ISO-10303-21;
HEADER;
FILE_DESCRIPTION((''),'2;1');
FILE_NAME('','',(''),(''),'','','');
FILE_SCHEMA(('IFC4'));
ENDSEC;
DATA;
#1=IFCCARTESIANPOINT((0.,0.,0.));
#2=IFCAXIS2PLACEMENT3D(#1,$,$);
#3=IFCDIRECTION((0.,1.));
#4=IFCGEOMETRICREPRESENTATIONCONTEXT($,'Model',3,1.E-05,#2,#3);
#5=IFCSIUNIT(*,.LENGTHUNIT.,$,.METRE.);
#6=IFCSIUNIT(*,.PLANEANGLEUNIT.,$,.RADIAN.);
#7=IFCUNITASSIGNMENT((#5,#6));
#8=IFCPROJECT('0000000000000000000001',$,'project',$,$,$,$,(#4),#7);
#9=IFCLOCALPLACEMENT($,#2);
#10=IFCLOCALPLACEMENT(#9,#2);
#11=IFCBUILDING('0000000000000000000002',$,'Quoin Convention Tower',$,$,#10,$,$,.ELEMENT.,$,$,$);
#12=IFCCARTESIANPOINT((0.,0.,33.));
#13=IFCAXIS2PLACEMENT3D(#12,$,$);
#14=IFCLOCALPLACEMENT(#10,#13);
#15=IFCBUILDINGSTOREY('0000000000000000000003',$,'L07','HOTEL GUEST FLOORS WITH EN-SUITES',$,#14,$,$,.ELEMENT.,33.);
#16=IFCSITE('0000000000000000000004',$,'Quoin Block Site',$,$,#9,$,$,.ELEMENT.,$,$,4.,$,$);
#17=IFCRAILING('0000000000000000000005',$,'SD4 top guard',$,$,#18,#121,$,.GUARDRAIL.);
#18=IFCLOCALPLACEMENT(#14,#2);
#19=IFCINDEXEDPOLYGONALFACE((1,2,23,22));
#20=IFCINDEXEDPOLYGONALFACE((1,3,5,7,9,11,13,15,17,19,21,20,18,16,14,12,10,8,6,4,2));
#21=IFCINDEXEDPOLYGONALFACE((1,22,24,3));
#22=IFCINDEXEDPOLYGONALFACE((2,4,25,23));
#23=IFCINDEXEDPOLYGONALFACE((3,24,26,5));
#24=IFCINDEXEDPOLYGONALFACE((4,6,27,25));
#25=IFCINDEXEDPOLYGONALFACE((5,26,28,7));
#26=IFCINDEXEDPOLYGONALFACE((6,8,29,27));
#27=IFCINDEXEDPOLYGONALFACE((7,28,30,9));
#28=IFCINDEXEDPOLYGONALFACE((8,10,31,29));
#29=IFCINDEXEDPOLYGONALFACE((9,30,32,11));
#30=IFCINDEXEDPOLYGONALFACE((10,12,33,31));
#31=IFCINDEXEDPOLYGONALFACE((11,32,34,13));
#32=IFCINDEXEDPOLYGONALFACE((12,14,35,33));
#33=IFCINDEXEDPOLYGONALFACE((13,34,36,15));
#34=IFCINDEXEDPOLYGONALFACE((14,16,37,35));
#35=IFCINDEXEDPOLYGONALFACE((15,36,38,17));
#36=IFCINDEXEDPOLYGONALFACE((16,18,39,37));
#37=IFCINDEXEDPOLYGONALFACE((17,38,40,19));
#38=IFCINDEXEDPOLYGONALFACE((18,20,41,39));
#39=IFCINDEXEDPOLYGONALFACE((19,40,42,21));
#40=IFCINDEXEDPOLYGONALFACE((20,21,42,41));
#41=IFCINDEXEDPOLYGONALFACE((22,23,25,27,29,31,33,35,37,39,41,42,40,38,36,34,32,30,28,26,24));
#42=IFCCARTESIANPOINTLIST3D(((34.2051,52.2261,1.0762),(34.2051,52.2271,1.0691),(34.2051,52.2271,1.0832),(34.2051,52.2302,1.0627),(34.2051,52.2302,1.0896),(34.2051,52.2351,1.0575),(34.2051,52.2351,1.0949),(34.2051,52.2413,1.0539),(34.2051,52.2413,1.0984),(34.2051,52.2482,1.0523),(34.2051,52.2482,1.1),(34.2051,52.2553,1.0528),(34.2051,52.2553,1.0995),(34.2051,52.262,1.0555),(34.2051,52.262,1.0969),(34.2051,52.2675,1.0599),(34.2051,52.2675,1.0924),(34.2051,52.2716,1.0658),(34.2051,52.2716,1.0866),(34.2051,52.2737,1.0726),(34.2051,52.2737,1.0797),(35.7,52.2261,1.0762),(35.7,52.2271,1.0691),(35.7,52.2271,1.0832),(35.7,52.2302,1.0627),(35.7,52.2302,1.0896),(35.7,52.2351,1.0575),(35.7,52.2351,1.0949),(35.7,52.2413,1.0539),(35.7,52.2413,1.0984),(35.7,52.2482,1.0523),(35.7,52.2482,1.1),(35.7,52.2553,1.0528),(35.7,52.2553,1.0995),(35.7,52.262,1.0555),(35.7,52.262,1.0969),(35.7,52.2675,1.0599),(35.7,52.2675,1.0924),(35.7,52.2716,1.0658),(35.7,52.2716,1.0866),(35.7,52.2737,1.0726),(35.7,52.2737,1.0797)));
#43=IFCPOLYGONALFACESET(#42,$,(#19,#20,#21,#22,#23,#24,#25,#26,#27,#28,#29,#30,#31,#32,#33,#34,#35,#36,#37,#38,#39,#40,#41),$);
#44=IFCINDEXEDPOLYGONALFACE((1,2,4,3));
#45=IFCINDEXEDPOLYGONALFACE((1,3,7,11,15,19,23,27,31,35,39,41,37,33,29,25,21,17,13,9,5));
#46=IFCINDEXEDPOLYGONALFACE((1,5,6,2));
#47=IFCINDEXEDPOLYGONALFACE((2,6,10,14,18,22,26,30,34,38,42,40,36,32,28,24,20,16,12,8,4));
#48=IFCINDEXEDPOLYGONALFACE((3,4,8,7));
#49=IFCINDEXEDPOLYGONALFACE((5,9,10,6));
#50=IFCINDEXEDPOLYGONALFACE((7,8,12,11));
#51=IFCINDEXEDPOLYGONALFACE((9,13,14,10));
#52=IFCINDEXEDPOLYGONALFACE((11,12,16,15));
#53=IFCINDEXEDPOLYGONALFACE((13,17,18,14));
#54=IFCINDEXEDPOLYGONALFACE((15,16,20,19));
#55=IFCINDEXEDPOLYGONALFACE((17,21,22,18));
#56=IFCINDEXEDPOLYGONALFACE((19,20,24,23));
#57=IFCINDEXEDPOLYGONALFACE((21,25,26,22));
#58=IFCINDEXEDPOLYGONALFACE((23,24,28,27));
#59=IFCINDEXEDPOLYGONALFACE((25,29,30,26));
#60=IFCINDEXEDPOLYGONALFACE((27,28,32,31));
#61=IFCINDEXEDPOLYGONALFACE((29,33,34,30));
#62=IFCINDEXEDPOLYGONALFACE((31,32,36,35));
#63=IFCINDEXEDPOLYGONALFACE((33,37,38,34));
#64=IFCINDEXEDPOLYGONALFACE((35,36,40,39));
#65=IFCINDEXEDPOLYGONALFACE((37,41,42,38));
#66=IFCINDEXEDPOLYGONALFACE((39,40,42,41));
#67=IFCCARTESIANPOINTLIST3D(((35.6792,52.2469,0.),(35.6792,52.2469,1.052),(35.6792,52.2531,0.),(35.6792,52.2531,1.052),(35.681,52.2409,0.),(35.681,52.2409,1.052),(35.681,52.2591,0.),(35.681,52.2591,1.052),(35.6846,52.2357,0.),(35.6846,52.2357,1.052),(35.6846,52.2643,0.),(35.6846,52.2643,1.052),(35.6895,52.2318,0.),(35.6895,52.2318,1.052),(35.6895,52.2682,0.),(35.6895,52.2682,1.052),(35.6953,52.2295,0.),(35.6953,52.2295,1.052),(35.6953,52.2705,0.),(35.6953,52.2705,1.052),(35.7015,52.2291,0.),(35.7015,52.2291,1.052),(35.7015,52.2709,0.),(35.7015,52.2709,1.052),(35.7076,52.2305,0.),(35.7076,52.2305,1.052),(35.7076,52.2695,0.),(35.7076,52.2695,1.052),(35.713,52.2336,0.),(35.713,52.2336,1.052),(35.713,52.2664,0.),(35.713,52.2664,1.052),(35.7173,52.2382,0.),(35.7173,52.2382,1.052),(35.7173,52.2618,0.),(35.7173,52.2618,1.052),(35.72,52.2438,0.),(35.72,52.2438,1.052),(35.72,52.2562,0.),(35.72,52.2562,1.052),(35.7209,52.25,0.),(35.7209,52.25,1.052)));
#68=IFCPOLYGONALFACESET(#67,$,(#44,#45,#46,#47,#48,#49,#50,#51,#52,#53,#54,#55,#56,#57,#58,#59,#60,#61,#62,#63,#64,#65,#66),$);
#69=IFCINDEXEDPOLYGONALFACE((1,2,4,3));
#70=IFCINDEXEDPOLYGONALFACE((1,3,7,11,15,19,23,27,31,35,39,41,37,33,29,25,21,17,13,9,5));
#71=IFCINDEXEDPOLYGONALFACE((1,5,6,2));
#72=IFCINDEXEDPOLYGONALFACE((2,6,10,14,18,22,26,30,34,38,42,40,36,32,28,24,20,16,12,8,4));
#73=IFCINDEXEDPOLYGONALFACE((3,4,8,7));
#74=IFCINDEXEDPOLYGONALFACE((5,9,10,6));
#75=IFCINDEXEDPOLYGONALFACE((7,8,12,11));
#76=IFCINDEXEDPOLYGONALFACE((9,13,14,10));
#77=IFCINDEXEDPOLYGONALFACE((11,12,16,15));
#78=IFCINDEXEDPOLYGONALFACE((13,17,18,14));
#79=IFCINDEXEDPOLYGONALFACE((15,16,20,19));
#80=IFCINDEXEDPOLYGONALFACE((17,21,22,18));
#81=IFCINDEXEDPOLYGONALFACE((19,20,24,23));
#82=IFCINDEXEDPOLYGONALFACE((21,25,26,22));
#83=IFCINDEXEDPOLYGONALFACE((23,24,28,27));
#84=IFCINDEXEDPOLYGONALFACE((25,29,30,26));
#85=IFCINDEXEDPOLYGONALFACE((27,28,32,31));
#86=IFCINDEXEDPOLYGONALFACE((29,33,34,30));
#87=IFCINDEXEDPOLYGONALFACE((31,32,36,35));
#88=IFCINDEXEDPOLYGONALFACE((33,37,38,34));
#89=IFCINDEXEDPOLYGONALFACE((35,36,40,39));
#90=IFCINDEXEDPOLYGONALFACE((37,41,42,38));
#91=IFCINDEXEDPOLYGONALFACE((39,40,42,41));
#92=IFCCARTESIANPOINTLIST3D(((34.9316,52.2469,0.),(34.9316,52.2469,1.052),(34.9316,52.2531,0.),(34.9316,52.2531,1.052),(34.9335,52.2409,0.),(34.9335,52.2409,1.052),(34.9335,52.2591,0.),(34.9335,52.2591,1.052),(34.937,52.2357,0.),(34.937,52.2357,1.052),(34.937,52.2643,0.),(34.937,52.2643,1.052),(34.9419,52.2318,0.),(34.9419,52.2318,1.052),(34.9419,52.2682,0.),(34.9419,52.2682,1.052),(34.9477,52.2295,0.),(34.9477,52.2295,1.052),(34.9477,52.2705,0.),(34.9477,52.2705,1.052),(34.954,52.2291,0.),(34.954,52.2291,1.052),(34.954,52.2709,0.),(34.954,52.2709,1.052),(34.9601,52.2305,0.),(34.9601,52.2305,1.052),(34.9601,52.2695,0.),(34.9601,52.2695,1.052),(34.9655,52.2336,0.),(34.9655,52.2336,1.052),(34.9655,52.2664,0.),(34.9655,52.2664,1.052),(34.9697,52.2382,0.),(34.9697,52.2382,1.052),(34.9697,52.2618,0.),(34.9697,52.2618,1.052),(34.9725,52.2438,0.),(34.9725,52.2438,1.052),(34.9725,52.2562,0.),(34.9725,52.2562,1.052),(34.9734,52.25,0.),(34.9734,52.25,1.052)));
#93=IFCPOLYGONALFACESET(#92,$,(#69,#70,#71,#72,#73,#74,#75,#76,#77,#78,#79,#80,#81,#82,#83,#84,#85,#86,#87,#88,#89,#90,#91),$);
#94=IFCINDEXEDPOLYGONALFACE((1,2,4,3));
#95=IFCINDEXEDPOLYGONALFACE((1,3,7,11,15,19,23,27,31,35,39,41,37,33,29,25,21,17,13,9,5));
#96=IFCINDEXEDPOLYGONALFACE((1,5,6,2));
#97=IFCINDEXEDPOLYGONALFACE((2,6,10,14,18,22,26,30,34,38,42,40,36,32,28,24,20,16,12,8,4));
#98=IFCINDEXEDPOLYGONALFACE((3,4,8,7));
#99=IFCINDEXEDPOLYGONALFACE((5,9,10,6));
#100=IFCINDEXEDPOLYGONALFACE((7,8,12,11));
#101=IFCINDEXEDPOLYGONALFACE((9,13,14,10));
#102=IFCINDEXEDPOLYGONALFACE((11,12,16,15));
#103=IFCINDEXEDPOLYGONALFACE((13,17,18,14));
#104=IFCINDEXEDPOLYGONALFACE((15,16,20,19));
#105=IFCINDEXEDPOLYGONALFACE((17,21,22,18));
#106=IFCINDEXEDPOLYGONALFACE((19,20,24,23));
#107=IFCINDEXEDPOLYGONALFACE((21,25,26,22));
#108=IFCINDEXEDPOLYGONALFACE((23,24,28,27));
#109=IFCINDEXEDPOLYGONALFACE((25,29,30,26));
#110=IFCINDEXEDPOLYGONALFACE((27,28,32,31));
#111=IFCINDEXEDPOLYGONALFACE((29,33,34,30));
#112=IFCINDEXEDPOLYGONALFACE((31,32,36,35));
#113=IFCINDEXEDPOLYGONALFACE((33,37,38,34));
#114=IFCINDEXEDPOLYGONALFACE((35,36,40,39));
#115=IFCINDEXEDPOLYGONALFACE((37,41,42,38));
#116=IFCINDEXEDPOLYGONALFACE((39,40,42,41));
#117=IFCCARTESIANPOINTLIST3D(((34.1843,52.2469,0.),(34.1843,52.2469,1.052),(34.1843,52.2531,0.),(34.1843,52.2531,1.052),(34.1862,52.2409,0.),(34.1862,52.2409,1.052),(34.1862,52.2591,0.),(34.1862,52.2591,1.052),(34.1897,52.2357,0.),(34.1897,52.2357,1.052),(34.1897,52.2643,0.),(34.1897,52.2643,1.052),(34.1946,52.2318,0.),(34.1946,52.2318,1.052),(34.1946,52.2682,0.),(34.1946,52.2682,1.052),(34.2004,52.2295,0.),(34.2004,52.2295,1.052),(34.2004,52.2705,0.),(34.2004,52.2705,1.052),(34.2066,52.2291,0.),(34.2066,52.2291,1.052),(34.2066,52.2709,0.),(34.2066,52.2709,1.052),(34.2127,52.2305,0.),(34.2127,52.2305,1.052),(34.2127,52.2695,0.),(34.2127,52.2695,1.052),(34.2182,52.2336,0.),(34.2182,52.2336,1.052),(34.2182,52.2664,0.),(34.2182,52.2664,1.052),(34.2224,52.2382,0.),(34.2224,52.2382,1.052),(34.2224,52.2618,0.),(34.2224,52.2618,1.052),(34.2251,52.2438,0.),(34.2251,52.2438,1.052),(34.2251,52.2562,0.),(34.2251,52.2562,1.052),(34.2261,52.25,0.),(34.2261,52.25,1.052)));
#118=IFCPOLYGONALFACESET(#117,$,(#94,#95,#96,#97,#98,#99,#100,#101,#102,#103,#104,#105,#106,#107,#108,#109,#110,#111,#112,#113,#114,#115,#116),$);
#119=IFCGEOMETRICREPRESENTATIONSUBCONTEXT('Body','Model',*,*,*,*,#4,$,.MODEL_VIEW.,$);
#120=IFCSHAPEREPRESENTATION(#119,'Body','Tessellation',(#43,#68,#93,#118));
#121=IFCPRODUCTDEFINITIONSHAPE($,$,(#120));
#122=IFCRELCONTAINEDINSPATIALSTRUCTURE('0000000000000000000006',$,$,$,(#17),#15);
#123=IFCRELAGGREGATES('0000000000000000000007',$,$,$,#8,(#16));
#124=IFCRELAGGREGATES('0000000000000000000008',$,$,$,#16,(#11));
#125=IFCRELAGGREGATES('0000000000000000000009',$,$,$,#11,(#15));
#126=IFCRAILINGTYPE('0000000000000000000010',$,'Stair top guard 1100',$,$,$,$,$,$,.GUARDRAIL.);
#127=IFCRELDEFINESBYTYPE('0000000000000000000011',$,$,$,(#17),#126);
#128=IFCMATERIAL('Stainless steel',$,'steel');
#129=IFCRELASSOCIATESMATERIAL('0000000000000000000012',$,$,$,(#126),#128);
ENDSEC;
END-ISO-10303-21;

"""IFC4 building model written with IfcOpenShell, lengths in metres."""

from ifc_helpers import new_model, si_unit, direction, frame, origin, origin_2d, place, context, subcontext, project, spatial, circle, extrude, material, type_object, element, save


model = new_model("IFC4")

# Units and contexts
model_context = context("Model", 3, precision=1e-05, world=origin(), true_north=direction((0.0, 1.0)))
body_context = subcontext(model_context, "Body", "Model", "MODEL_VIEW")
ifc_project = project(units=[si_unit("LENGTHUNIT", "METRE"), si_unit("PLANEANGLEUNIT", "RADIAN")], contexts=[model_context])

# Site, building, storey
site_placement = place(None, origin())
site = spatial("IfcSite", under=ifc_project, at=site_placement, Name="Quoin Block Site", CompositionType="ELEMENT", RefElevation=4.0)
building_placement = place(site_placement, origin())
building = spatial("IfcBuilding", under=site, at=building_placement, Name="Quoin Convention Tower", CompositionType="ELEMENT")
storey_placement = place(building_placement, frame((0.0, 0.0, 33.0)))
storey = spatial("IfcBuildingStorey", under=building, at=storey_placement, Name="L07", Description="HOTEL GUEST FLOORS WITH EN-SUITES", CompositionType="ELEMENT", Elevation=33.0)

# Railing
ifc_material_1 = material(Name="Stainless steel", Category="steel")
railing_type_1 = type_object("IfcRailingType", Name="Stair top guard 1100", PredefinedType="GUARDRAIL", material=ifc_material_1)
railing_1_placement = place(storey_placement, frame((35.7, 52.25, 0.0)))
element("IfcRailing", 1, at=railing_1_placement, inside=storey, type_object=railing_type_1, Name="SD4 top guard", PredefinedType="GUARDRAIL", context=body_context, shape_type="SweptSolid", body=[
    extrude(circle(Radius=0.0239, at=origin_2d()), frame((0.0, 0.0, 1.0762), z_axis=(-1.0, 0.0, 0.0), x_axis=(0.0, -1.0, 0.0)), (0.0, 0.0, 1.0), 1.4949),
    extrude(circle(Radius=0.021, at=origin_2d()), origin(), (0.0, 0.0, 1.0), 1.052),
    extrude(circle(Radius=0.021, at=origin_2d()), frame((-0.7476, 0.0, 0.0)), (0.0, 0.0, 1.0), 1.052),
    extrude(circle(Radius=0.021, at=origin_2d()), frame((-1.4949, 0.0, 0.0)), (0.0, 0.0, 1.0), 1.052),
])

save(model, "model.ifc")
